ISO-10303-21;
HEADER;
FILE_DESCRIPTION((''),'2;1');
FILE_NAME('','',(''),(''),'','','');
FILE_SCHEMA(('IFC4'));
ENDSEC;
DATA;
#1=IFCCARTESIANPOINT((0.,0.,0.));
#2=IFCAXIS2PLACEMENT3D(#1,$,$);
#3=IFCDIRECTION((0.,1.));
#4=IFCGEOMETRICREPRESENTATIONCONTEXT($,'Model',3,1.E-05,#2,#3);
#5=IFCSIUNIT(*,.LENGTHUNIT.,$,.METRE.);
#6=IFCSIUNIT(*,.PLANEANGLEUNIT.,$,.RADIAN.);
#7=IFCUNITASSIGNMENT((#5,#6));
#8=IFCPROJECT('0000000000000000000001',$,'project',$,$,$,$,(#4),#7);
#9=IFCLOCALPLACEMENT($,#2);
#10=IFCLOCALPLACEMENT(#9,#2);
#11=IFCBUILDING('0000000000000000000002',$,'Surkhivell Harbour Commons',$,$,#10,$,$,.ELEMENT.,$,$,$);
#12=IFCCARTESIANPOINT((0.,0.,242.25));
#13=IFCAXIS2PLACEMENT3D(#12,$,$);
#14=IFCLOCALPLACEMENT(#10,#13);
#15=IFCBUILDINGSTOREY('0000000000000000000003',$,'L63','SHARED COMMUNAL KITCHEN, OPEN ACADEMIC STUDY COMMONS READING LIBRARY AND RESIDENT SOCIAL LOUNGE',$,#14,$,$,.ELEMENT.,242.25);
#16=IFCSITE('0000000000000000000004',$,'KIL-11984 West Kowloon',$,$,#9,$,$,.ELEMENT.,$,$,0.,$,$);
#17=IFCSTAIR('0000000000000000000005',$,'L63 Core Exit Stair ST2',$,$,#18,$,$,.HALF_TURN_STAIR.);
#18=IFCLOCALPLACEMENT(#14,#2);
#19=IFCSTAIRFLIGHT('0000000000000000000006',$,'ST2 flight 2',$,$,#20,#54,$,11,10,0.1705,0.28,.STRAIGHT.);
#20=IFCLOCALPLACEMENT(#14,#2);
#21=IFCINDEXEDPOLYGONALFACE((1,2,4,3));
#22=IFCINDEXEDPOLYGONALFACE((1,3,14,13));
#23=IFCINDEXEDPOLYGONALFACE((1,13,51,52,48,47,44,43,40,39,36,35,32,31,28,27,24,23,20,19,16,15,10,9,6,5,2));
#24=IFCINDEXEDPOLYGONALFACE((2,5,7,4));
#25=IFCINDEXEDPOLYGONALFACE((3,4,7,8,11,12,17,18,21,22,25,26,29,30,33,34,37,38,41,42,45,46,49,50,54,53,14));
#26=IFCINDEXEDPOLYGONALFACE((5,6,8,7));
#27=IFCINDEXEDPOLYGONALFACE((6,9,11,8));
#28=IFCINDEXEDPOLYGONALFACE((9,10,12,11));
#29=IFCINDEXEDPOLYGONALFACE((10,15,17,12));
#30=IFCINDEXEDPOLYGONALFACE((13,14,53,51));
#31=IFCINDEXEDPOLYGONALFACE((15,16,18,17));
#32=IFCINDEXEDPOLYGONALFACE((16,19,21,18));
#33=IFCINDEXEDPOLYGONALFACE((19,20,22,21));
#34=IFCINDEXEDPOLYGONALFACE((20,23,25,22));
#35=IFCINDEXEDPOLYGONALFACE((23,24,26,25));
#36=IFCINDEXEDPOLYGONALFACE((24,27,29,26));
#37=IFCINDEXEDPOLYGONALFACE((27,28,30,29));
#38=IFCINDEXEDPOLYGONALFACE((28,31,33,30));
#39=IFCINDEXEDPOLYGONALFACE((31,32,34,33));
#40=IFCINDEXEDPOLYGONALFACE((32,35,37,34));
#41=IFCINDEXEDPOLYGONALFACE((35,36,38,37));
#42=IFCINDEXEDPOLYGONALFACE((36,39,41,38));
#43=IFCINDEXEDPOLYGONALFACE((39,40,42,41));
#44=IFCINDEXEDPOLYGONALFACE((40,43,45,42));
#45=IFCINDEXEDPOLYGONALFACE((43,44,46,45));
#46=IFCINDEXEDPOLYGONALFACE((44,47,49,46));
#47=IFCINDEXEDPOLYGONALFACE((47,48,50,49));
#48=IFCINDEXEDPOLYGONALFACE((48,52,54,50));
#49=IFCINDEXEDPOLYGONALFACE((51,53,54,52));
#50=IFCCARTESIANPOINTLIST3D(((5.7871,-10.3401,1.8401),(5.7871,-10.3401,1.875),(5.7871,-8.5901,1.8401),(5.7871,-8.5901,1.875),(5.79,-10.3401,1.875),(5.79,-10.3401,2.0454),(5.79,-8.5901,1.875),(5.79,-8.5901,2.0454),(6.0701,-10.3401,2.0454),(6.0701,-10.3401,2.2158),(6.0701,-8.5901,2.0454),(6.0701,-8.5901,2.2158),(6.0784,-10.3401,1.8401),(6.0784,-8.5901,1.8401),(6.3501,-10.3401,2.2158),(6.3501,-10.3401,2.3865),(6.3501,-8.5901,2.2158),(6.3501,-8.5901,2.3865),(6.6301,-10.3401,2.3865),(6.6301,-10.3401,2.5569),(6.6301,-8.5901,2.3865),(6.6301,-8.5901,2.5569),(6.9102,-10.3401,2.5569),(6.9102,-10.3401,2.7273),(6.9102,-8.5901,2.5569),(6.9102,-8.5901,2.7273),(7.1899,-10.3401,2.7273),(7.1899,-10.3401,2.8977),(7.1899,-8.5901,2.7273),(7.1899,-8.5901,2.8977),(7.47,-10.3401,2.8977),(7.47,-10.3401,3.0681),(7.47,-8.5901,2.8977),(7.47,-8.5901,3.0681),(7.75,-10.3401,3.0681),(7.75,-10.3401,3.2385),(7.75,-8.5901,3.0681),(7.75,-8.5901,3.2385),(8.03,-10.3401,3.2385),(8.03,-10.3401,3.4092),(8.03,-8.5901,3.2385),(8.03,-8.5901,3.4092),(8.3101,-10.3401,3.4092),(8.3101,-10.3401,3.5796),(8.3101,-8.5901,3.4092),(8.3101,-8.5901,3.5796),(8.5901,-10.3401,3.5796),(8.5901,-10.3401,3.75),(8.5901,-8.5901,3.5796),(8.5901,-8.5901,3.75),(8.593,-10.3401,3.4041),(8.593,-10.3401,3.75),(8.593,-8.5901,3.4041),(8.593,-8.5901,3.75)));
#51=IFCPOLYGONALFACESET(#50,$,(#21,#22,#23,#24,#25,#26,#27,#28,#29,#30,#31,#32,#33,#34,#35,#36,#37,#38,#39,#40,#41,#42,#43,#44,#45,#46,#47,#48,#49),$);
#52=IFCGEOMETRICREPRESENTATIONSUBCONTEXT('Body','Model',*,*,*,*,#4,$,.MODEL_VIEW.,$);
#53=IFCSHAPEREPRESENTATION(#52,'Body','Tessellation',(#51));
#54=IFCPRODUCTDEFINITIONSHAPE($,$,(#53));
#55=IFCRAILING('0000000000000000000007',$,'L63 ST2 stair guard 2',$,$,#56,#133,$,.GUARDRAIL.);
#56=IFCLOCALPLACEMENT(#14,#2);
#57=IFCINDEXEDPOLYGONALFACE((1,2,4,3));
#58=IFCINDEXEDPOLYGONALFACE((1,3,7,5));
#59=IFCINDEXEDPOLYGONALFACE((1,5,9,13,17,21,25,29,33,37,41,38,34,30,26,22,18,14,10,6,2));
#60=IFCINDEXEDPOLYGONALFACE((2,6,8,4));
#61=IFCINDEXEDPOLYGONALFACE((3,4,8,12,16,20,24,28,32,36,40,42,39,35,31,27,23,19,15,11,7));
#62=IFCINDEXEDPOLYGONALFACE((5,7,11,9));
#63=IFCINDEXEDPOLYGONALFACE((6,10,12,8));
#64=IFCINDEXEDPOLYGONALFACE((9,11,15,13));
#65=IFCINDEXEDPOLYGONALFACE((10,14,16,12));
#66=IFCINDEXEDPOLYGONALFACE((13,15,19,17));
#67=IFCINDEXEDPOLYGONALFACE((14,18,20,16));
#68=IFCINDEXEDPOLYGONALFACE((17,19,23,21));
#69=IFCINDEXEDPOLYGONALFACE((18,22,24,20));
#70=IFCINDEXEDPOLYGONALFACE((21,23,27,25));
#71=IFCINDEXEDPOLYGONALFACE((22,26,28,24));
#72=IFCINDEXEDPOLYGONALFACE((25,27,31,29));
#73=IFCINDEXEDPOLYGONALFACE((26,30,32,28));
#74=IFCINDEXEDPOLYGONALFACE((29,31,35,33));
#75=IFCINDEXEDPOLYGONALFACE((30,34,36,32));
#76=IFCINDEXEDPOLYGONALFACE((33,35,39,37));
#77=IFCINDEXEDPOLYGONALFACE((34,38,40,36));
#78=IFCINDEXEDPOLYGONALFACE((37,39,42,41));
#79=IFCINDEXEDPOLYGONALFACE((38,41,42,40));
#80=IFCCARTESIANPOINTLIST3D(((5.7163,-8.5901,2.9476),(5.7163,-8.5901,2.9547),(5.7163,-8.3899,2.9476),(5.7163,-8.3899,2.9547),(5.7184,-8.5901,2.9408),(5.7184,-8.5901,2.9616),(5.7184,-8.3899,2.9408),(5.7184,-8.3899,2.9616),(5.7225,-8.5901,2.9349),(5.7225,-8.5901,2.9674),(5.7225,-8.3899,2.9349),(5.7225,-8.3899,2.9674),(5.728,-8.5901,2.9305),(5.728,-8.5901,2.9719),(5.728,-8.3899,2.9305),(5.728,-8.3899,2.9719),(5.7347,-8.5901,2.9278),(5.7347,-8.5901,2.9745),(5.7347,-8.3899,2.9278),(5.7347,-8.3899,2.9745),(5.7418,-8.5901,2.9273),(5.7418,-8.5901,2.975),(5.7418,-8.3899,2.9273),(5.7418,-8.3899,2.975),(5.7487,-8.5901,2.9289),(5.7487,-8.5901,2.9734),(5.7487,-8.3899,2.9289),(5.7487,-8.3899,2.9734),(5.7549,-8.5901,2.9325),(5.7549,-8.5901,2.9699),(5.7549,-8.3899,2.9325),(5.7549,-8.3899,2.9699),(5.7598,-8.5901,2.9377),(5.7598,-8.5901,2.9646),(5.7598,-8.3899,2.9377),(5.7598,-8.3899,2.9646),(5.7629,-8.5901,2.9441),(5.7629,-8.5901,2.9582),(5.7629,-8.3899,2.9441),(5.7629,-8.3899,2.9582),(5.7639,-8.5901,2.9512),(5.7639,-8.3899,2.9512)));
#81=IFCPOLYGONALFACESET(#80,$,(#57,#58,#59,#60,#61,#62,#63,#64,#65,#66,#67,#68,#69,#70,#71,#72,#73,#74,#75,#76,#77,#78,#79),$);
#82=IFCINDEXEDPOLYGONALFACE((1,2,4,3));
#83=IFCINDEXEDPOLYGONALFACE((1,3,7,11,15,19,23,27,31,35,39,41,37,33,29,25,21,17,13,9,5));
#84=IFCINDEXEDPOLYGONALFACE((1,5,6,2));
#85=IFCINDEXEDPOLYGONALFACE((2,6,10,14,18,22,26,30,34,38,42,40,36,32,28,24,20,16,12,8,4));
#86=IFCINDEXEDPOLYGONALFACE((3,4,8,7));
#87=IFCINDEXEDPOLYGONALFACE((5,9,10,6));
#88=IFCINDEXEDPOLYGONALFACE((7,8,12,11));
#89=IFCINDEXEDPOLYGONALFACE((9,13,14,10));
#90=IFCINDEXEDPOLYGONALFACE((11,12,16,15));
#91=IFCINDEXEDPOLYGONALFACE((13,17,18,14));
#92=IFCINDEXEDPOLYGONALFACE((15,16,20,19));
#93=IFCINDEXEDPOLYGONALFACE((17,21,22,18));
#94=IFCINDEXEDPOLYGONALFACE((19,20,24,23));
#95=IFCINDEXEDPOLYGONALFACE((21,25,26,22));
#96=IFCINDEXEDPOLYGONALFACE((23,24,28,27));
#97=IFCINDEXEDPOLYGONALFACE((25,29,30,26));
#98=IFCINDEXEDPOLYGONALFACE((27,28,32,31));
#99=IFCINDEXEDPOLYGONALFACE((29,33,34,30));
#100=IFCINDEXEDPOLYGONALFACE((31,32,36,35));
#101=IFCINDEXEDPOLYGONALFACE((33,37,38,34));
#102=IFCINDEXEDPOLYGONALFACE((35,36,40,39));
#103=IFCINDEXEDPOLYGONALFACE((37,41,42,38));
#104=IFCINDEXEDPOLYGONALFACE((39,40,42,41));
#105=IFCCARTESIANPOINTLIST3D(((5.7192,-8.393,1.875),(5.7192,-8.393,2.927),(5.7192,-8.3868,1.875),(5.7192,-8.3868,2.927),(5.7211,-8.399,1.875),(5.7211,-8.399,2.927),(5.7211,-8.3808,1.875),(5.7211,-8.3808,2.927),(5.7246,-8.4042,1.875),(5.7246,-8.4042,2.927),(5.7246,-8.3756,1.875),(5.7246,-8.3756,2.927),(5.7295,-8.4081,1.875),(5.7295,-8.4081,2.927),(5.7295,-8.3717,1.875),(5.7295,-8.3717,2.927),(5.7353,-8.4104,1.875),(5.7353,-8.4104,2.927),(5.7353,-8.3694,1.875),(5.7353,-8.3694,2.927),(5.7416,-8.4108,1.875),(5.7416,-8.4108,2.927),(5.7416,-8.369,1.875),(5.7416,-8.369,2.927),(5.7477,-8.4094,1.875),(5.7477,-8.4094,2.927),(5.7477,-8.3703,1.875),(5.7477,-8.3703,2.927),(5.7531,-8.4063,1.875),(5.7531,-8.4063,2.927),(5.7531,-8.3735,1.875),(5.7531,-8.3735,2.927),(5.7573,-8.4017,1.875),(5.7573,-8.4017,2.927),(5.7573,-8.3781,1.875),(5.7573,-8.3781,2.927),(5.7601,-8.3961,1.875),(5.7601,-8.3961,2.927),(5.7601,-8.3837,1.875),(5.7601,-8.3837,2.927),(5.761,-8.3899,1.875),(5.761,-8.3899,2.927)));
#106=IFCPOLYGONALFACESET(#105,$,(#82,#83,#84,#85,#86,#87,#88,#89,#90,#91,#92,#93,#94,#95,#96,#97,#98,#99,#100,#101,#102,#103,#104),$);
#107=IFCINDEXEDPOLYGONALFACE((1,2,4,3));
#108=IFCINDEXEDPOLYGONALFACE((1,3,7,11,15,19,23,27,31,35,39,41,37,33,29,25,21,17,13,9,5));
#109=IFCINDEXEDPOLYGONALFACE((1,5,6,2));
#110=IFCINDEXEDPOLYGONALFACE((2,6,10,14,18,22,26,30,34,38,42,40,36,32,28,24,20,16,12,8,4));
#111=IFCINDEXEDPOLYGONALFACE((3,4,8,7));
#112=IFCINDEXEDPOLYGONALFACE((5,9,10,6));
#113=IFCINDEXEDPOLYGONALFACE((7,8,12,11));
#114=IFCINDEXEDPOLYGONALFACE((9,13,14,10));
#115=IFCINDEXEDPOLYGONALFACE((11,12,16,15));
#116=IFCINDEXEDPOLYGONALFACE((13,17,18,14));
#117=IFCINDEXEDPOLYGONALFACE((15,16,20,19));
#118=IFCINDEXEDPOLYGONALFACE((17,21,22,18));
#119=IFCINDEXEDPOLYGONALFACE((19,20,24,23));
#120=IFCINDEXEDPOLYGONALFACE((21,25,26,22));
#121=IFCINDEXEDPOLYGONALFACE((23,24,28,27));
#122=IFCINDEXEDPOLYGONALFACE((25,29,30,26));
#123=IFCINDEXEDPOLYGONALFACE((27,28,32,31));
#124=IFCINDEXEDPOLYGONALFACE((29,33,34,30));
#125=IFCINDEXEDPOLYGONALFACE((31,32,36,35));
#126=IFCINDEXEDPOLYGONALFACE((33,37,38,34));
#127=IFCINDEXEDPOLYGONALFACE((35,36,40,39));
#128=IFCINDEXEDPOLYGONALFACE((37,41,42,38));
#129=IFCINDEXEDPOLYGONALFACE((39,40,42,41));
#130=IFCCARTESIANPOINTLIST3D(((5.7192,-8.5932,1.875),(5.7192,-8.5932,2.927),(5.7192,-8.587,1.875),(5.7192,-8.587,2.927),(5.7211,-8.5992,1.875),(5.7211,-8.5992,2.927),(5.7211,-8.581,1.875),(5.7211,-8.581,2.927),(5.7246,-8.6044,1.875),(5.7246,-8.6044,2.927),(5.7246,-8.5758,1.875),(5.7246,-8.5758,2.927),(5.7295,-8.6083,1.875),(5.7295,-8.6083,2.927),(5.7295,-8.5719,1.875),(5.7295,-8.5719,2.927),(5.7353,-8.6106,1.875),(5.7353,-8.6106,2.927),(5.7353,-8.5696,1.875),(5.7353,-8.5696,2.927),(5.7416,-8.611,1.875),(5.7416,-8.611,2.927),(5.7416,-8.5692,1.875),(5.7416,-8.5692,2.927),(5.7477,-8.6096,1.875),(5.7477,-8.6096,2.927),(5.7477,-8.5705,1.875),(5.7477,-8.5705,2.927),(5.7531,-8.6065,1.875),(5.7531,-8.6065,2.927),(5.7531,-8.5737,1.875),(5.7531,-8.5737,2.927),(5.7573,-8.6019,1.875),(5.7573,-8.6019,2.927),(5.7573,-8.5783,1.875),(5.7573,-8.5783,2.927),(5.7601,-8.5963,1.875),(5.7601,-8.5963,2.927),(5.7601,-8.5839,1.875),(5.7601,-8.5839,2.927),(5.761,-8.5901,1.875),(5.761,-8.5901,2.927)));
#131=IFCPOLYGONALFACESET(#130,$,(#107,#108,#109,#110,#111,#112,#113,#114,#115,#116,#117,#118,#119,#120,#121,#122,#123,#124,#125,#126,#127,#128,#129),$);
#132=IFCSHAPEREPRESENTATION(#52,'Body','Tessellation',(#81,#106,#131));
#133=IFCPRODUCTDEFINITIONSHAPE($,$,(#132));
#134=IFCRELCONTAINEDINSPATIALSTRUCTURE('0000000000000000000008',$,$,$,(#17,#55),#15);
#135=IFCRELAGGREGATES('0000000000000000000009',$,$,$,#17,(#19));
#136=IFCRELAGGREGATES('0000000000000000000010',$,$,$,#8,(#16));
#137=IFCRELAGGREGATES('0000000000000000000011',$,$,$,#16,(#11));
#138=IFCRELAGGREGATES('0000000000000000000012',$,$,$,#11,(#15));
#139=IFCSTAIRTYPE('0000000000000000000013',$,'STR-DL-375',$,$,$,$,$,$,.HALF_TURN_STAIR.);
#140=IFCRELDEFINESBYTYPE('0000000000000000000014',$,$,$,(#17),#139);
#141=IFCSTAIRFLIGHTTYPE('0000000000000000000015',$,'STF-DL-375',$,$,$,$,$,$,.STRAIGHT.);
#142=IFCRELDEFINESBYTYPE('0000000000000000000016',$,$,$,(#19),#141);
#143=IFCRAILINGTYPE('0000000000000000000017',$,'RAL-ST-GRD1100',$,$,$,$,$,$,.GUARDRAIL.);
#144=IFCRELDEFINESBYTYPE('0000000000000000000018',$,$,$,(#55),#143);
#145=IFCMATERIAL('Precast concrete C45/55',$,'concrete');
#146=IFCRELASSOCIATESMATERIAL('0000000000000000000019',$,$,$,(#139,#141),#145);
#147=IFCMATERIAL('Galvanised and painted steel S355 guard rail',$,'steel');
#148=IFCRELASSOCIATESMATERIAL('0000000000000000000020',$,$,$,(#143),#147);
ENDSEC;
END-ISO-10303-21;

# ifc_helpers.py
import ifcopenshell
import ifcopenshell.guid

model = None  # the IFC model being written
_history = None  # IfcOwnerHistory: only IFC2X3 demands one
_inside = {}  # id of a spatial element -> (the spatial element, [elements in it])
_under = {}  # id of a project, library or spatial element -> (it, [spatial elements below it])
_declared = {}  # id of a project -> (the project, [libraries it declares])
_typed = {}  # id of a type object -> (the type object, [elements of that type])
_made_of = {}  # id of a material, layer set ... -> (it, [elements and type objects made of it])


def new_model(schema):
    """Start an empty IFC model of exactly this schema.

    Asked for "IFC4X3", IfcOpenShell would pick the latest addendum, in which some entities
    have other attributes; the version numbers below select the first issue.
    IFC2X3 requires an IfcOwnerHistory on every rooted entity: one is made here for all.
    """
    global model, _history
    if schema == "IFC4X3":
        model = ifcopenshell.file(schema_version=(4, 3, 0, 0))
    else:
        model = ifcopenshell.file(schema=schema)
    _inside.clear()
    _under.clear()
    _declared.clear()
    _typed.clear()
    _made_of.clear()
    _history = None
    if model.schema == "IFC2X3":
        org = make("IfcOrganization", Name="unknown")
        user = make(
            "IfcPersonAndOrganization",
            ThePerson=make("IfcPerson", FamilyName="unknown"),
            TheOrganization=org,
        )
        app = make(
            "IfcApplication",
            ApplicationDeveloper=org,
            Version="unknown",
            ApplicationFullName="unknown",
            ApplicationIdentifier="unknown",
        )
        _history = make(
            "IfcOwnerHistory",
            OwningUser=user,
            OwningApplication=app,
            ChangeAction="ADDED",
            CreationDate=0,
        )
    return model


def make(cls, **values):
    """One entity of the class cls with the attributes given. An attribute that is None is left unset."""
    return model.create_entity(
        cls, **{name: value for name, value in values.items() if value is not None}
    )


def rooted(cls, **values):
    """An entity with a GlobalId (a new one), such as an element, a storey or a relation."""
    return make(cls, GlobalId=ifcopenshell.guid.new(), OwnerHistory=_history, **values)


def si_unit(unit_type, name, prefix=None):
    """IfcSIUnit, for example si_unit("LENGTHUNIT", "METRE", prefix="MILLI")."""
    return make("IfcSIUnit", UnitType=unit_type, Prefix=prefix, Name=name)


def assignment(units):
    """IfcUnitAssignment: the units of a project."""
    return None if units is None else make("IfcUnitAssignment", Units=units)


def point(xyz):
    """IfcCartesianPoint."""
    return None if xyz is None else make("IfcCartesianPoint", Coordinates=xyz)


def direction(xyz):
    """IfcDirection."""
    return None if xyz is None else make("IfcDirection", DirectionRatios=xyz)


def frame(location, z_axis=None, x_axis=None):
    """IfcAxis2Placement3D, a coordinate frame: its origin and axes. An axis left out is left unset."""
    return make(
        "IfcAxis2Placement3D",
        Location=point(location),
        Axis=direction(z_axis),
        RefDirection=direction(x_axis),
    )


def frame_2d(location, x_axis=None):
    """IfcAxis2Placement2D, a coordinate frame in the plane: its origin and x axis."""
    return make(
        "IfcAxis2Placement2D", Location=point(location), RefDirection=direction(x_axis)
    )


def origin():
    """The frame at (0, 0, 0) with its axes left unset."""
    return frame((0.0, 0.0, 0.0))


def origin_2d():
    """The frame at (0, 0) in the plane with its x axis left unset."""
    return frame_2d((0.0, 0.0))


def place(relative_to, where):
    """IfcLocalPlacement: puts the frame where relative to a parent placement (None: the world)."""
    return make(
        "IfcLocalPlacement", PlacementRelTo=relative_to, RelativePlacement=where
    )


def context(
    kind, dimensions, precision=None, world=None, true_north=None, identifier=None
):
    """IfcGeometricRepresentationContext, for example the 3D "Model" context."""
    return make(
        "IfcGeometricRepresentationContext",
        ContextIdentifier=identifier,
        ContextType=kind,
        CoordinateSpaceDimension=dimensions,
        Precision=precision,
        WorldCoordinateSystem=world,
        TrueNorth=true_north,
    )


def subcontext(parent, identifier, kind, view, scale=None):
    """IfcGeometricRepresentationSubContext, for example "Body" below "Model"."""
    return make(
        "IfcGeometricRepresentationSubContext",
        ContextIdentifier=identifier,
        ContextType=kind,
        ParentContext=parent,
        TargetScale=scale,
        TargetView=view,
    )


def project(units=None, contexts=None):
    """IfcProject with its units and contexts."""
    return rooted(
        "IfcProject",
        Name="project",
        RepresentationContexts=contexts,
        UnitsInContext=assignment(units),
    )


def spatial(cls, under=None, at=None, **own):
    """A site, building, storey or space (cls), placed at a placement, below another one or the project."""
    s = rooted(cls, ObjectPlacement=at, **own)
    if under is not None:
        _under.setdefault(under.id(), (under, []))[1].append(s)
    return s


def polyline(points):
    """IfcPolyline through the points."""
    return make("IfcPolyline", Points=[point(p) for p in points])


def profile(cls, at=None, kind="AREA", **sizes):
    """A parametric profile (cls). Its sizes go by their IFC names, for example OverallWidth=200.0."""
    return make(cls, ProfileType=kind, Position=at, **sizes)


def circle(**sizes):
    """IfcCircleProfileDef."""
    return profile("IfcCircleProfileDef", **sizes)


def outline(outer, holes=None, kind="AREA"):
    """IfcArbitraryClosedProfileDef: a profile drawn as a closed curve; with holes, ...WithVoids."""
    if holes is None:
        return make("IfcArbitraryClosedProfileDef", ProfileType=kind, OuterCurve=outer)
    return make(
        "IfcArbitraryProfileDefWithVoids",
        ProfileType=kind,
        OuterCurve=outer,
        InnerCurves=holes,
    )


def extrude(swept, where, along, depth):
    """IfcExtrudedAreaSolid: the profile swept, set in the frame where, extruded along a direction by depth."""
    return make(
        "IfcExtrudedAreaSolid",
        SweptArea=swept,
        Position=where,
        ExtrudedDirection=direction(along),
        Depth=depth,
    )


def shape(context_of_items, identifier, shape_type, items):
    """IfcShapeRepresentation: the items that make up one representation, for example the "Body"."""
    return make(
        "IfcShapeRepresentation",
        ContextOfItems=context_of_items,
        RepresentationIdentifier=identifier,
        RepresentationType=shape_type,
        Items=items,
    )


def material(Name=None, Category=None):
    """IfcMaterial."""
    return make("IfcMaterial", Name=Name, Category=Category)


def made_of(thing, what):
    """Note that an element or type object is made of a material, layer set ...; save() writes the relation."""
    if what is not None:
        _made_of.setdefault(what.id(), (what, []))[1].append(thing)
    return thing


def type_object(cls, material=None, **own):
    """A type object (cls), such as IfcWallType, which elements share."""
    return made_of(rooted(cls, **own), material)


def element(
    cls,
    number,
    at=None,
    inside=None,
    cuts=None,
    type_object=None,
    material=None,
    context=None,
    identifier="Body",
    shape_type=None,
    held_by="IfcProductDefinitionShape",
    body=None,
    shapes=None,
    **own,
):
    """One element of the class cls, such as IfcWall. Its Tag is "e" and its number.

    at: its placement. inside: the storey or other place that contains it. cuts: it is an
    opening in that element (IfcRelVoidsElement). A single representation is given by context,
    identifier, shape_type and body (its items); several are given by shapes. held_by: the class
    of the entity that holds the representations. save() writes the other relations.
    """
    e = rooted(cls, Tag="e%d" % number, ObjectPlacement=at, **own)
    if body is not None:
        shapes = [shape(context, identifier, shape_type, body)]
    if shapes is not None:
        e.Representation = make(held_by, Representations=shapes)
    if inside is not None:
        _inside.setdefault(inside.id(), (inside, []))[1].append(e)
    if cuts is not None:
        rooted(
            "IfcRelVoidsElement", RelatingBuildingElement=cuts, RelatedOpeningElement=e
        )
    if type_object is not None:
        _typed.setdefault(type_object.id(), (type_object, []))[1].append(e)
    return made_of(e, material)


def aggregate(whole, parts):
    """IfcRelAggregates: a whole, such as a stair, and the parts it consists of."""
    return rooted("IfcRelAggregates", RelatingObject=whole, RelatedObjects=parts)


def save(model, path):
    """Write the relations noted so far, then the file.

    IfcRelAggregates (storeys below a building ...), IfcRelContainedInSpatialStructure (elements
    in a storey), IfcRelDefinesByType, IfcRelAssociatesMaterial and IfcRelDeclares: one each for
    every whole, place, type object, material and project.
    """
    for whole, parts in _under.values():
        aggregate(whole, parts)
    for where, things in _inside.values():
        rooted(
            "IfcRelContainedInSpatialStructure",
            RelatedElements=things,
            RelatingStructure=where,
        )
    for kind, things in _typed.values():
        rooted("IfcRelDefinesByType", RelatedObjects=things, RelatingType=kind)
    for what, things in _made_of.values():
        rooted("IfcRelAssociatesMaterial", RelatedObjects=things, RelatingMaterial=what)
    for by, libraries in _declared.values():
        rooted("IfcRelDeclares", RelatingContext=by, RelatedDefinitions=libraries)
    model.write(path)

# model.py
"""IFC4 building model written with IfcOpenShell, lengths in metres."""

from ifc_helpers import new_model, si_unit, direction, frame, origin, origin_2d, place, context, subcontext, project, spatial, polyline, circle, outline, extrude, material, type_object, element, aggregate, save


model = new_model("IFC4")

# Units and contexts
model_context = context("Model", 3, precision=1e-05, world=origin(), true_north=direction((0.0, 1.0)))
body_context = subcontext(model_context, "Body", "Model", "MODEL_VIEW")
ifc_project = project(units=[si_unit("LENGTHUNIT", "METRE"), si_unit("PLANEANGLEUNIT", "RADIAN")], contexts=[model_context])

# Site, building, storey
site_placement = place(None, origin())
site = spatial("IfcSite", under=ifc_project, at=site_placement, Name="KIL-11984 West Kowloon", CompositionType="ELEMENT", RefElevation=0.0)
building_placement = place(site_placement, origin())
building = spatial("IfcBuilding", under=site, at=building_placement, Name="Surkhivell Harbour Commons", CompositionType="ELEMENT")
storey_placement = place(building_placement, frame((0.0, 0.0, 242.25)))
storey = spatial("IfcBuildingStorey", under=building, at=storey_placement, Name="L63", Description="SHARED COMMUNAL KITCHEN, OPEN ACADEMIC STUDY COMMONS READING LIBRARY AND RESIDENT SOCIAL LOUNGE", CompositionType="ELEMENT", Elevation=242.25)

# Stair, stair flight
ifc_material_1 = material(Name="Precast concrete C45/55", Category="concrete")
stair_type = type_object("IfcStairType", Name="STR-DL-375", PredefinedType="HALF_TURN_STAIR", material=ifc_material_1)
stair_placement = place(storey_placement, origin())
stair = element("IfcStair", 1, at=stair_placement, inside=storey, type_object=stair_type, Name="L63 Core Exit Stair ST2", PredefinedType="HALF_TURN_STAIR")
stair_flight_type = type_object("IfcStairFlightType", Name="STF-DL-375", PredefinedType="STRAIGHT", material=ifc_material_1)
stair_flight_placement = place(storey_placement, frame((5.79, -9.4651, 1.875), z_axis=(0.0, 0.0, 1.0), x_axis=(1.0, 0.0, 0.0)))
stair_flight = element("IfcStairFlight", 2, at=stair_flight_placement, type_object=stair_flight_type, Name="ST2 flight 2", NumberOfRisers=11, NumberOfTreads=10, PredefinedType="STRAIGHT", RiserHeight=0.1705, TreadLength=0.28, context=body_context, shape_type="SweptSolid", body=[
    extrude(outline(polyline([(-0.0029, -0.0349), (-0.0029, 0.0), (0.0, 0.0), (0.0, 0.1704), (0.28, 0.1704), (0.28, 0.3408), (0.5601, 0.3408), (0.5601, 0.5115), (0.8401, 0.5115), (0.8401, 0.6819), (1.1201, 0.6819), (1.1201, 0.8523), (1.3999, 0.8523), (1.3999, 1.0227), (1.6799, 1.0227), (1.6799, 1.1931), (1.96, 1.1931), (1.96, 1.3635), (2.24, 1.3635), (2.24, 1.5342), (2.52, 1.5342), (2.52, 1.7046), (2.8, 1.7046), (2.8, 1.875), (2.803, 1.875), (2.803, 1.5291), (0.2883, -0.0349), (-0.0029, -0.0349)])), frame((0.0, 0.875, 0.0), z_axis=(0.0, -1.0, 0.0), x_axis=(1.0, 0.0, 0.0)), (0.0, 0.0, 1.0), 1.75),
])
aggregate(stair, [stair_flight])

# Railing
ifc_material_2 = material(Name="Galvanised and painted steel S355 guard rail", Category="steel")
railing_type_1 = type_object("IfcRailingType", Name="RAL-ST-GRD1100", PredefinedType="GUARDRAIL", material=ifc_material_2)
railing_1_placement = place(storey_placement, frame((5.74, -8.3899, 1.875)))
element("IfcRailing", 3, at=railing_1_placement, inside=storey, type_object=railing_type_1, Name="L63 ST2 stair guard 2", PredefinedType="GUARDRAIL", context=body_context, shape_type="SweptSolid", body=[
    extrude(circle(Radius=0.0239, at=origin_2d()), frame((0.0, 0.0, 1.0762), z_axis=(0.0, -1.0, 0.0), x_axis=(1.0, 0.0, 0.0)), (0.0, 0.0, 1.0), 0.2002),
    extrude(circle(Radius=0.021, at=origin_2d()), origin(), (0.0, 0.0, 1.0), 1.052),
    extrude(circle(Radius=0.021, at=origin_2d()), frame((0.0, -0.2002, 0.0)), (0.0, 0.0, 1.0), 1.052),
])

save(model, "model.ifc")
